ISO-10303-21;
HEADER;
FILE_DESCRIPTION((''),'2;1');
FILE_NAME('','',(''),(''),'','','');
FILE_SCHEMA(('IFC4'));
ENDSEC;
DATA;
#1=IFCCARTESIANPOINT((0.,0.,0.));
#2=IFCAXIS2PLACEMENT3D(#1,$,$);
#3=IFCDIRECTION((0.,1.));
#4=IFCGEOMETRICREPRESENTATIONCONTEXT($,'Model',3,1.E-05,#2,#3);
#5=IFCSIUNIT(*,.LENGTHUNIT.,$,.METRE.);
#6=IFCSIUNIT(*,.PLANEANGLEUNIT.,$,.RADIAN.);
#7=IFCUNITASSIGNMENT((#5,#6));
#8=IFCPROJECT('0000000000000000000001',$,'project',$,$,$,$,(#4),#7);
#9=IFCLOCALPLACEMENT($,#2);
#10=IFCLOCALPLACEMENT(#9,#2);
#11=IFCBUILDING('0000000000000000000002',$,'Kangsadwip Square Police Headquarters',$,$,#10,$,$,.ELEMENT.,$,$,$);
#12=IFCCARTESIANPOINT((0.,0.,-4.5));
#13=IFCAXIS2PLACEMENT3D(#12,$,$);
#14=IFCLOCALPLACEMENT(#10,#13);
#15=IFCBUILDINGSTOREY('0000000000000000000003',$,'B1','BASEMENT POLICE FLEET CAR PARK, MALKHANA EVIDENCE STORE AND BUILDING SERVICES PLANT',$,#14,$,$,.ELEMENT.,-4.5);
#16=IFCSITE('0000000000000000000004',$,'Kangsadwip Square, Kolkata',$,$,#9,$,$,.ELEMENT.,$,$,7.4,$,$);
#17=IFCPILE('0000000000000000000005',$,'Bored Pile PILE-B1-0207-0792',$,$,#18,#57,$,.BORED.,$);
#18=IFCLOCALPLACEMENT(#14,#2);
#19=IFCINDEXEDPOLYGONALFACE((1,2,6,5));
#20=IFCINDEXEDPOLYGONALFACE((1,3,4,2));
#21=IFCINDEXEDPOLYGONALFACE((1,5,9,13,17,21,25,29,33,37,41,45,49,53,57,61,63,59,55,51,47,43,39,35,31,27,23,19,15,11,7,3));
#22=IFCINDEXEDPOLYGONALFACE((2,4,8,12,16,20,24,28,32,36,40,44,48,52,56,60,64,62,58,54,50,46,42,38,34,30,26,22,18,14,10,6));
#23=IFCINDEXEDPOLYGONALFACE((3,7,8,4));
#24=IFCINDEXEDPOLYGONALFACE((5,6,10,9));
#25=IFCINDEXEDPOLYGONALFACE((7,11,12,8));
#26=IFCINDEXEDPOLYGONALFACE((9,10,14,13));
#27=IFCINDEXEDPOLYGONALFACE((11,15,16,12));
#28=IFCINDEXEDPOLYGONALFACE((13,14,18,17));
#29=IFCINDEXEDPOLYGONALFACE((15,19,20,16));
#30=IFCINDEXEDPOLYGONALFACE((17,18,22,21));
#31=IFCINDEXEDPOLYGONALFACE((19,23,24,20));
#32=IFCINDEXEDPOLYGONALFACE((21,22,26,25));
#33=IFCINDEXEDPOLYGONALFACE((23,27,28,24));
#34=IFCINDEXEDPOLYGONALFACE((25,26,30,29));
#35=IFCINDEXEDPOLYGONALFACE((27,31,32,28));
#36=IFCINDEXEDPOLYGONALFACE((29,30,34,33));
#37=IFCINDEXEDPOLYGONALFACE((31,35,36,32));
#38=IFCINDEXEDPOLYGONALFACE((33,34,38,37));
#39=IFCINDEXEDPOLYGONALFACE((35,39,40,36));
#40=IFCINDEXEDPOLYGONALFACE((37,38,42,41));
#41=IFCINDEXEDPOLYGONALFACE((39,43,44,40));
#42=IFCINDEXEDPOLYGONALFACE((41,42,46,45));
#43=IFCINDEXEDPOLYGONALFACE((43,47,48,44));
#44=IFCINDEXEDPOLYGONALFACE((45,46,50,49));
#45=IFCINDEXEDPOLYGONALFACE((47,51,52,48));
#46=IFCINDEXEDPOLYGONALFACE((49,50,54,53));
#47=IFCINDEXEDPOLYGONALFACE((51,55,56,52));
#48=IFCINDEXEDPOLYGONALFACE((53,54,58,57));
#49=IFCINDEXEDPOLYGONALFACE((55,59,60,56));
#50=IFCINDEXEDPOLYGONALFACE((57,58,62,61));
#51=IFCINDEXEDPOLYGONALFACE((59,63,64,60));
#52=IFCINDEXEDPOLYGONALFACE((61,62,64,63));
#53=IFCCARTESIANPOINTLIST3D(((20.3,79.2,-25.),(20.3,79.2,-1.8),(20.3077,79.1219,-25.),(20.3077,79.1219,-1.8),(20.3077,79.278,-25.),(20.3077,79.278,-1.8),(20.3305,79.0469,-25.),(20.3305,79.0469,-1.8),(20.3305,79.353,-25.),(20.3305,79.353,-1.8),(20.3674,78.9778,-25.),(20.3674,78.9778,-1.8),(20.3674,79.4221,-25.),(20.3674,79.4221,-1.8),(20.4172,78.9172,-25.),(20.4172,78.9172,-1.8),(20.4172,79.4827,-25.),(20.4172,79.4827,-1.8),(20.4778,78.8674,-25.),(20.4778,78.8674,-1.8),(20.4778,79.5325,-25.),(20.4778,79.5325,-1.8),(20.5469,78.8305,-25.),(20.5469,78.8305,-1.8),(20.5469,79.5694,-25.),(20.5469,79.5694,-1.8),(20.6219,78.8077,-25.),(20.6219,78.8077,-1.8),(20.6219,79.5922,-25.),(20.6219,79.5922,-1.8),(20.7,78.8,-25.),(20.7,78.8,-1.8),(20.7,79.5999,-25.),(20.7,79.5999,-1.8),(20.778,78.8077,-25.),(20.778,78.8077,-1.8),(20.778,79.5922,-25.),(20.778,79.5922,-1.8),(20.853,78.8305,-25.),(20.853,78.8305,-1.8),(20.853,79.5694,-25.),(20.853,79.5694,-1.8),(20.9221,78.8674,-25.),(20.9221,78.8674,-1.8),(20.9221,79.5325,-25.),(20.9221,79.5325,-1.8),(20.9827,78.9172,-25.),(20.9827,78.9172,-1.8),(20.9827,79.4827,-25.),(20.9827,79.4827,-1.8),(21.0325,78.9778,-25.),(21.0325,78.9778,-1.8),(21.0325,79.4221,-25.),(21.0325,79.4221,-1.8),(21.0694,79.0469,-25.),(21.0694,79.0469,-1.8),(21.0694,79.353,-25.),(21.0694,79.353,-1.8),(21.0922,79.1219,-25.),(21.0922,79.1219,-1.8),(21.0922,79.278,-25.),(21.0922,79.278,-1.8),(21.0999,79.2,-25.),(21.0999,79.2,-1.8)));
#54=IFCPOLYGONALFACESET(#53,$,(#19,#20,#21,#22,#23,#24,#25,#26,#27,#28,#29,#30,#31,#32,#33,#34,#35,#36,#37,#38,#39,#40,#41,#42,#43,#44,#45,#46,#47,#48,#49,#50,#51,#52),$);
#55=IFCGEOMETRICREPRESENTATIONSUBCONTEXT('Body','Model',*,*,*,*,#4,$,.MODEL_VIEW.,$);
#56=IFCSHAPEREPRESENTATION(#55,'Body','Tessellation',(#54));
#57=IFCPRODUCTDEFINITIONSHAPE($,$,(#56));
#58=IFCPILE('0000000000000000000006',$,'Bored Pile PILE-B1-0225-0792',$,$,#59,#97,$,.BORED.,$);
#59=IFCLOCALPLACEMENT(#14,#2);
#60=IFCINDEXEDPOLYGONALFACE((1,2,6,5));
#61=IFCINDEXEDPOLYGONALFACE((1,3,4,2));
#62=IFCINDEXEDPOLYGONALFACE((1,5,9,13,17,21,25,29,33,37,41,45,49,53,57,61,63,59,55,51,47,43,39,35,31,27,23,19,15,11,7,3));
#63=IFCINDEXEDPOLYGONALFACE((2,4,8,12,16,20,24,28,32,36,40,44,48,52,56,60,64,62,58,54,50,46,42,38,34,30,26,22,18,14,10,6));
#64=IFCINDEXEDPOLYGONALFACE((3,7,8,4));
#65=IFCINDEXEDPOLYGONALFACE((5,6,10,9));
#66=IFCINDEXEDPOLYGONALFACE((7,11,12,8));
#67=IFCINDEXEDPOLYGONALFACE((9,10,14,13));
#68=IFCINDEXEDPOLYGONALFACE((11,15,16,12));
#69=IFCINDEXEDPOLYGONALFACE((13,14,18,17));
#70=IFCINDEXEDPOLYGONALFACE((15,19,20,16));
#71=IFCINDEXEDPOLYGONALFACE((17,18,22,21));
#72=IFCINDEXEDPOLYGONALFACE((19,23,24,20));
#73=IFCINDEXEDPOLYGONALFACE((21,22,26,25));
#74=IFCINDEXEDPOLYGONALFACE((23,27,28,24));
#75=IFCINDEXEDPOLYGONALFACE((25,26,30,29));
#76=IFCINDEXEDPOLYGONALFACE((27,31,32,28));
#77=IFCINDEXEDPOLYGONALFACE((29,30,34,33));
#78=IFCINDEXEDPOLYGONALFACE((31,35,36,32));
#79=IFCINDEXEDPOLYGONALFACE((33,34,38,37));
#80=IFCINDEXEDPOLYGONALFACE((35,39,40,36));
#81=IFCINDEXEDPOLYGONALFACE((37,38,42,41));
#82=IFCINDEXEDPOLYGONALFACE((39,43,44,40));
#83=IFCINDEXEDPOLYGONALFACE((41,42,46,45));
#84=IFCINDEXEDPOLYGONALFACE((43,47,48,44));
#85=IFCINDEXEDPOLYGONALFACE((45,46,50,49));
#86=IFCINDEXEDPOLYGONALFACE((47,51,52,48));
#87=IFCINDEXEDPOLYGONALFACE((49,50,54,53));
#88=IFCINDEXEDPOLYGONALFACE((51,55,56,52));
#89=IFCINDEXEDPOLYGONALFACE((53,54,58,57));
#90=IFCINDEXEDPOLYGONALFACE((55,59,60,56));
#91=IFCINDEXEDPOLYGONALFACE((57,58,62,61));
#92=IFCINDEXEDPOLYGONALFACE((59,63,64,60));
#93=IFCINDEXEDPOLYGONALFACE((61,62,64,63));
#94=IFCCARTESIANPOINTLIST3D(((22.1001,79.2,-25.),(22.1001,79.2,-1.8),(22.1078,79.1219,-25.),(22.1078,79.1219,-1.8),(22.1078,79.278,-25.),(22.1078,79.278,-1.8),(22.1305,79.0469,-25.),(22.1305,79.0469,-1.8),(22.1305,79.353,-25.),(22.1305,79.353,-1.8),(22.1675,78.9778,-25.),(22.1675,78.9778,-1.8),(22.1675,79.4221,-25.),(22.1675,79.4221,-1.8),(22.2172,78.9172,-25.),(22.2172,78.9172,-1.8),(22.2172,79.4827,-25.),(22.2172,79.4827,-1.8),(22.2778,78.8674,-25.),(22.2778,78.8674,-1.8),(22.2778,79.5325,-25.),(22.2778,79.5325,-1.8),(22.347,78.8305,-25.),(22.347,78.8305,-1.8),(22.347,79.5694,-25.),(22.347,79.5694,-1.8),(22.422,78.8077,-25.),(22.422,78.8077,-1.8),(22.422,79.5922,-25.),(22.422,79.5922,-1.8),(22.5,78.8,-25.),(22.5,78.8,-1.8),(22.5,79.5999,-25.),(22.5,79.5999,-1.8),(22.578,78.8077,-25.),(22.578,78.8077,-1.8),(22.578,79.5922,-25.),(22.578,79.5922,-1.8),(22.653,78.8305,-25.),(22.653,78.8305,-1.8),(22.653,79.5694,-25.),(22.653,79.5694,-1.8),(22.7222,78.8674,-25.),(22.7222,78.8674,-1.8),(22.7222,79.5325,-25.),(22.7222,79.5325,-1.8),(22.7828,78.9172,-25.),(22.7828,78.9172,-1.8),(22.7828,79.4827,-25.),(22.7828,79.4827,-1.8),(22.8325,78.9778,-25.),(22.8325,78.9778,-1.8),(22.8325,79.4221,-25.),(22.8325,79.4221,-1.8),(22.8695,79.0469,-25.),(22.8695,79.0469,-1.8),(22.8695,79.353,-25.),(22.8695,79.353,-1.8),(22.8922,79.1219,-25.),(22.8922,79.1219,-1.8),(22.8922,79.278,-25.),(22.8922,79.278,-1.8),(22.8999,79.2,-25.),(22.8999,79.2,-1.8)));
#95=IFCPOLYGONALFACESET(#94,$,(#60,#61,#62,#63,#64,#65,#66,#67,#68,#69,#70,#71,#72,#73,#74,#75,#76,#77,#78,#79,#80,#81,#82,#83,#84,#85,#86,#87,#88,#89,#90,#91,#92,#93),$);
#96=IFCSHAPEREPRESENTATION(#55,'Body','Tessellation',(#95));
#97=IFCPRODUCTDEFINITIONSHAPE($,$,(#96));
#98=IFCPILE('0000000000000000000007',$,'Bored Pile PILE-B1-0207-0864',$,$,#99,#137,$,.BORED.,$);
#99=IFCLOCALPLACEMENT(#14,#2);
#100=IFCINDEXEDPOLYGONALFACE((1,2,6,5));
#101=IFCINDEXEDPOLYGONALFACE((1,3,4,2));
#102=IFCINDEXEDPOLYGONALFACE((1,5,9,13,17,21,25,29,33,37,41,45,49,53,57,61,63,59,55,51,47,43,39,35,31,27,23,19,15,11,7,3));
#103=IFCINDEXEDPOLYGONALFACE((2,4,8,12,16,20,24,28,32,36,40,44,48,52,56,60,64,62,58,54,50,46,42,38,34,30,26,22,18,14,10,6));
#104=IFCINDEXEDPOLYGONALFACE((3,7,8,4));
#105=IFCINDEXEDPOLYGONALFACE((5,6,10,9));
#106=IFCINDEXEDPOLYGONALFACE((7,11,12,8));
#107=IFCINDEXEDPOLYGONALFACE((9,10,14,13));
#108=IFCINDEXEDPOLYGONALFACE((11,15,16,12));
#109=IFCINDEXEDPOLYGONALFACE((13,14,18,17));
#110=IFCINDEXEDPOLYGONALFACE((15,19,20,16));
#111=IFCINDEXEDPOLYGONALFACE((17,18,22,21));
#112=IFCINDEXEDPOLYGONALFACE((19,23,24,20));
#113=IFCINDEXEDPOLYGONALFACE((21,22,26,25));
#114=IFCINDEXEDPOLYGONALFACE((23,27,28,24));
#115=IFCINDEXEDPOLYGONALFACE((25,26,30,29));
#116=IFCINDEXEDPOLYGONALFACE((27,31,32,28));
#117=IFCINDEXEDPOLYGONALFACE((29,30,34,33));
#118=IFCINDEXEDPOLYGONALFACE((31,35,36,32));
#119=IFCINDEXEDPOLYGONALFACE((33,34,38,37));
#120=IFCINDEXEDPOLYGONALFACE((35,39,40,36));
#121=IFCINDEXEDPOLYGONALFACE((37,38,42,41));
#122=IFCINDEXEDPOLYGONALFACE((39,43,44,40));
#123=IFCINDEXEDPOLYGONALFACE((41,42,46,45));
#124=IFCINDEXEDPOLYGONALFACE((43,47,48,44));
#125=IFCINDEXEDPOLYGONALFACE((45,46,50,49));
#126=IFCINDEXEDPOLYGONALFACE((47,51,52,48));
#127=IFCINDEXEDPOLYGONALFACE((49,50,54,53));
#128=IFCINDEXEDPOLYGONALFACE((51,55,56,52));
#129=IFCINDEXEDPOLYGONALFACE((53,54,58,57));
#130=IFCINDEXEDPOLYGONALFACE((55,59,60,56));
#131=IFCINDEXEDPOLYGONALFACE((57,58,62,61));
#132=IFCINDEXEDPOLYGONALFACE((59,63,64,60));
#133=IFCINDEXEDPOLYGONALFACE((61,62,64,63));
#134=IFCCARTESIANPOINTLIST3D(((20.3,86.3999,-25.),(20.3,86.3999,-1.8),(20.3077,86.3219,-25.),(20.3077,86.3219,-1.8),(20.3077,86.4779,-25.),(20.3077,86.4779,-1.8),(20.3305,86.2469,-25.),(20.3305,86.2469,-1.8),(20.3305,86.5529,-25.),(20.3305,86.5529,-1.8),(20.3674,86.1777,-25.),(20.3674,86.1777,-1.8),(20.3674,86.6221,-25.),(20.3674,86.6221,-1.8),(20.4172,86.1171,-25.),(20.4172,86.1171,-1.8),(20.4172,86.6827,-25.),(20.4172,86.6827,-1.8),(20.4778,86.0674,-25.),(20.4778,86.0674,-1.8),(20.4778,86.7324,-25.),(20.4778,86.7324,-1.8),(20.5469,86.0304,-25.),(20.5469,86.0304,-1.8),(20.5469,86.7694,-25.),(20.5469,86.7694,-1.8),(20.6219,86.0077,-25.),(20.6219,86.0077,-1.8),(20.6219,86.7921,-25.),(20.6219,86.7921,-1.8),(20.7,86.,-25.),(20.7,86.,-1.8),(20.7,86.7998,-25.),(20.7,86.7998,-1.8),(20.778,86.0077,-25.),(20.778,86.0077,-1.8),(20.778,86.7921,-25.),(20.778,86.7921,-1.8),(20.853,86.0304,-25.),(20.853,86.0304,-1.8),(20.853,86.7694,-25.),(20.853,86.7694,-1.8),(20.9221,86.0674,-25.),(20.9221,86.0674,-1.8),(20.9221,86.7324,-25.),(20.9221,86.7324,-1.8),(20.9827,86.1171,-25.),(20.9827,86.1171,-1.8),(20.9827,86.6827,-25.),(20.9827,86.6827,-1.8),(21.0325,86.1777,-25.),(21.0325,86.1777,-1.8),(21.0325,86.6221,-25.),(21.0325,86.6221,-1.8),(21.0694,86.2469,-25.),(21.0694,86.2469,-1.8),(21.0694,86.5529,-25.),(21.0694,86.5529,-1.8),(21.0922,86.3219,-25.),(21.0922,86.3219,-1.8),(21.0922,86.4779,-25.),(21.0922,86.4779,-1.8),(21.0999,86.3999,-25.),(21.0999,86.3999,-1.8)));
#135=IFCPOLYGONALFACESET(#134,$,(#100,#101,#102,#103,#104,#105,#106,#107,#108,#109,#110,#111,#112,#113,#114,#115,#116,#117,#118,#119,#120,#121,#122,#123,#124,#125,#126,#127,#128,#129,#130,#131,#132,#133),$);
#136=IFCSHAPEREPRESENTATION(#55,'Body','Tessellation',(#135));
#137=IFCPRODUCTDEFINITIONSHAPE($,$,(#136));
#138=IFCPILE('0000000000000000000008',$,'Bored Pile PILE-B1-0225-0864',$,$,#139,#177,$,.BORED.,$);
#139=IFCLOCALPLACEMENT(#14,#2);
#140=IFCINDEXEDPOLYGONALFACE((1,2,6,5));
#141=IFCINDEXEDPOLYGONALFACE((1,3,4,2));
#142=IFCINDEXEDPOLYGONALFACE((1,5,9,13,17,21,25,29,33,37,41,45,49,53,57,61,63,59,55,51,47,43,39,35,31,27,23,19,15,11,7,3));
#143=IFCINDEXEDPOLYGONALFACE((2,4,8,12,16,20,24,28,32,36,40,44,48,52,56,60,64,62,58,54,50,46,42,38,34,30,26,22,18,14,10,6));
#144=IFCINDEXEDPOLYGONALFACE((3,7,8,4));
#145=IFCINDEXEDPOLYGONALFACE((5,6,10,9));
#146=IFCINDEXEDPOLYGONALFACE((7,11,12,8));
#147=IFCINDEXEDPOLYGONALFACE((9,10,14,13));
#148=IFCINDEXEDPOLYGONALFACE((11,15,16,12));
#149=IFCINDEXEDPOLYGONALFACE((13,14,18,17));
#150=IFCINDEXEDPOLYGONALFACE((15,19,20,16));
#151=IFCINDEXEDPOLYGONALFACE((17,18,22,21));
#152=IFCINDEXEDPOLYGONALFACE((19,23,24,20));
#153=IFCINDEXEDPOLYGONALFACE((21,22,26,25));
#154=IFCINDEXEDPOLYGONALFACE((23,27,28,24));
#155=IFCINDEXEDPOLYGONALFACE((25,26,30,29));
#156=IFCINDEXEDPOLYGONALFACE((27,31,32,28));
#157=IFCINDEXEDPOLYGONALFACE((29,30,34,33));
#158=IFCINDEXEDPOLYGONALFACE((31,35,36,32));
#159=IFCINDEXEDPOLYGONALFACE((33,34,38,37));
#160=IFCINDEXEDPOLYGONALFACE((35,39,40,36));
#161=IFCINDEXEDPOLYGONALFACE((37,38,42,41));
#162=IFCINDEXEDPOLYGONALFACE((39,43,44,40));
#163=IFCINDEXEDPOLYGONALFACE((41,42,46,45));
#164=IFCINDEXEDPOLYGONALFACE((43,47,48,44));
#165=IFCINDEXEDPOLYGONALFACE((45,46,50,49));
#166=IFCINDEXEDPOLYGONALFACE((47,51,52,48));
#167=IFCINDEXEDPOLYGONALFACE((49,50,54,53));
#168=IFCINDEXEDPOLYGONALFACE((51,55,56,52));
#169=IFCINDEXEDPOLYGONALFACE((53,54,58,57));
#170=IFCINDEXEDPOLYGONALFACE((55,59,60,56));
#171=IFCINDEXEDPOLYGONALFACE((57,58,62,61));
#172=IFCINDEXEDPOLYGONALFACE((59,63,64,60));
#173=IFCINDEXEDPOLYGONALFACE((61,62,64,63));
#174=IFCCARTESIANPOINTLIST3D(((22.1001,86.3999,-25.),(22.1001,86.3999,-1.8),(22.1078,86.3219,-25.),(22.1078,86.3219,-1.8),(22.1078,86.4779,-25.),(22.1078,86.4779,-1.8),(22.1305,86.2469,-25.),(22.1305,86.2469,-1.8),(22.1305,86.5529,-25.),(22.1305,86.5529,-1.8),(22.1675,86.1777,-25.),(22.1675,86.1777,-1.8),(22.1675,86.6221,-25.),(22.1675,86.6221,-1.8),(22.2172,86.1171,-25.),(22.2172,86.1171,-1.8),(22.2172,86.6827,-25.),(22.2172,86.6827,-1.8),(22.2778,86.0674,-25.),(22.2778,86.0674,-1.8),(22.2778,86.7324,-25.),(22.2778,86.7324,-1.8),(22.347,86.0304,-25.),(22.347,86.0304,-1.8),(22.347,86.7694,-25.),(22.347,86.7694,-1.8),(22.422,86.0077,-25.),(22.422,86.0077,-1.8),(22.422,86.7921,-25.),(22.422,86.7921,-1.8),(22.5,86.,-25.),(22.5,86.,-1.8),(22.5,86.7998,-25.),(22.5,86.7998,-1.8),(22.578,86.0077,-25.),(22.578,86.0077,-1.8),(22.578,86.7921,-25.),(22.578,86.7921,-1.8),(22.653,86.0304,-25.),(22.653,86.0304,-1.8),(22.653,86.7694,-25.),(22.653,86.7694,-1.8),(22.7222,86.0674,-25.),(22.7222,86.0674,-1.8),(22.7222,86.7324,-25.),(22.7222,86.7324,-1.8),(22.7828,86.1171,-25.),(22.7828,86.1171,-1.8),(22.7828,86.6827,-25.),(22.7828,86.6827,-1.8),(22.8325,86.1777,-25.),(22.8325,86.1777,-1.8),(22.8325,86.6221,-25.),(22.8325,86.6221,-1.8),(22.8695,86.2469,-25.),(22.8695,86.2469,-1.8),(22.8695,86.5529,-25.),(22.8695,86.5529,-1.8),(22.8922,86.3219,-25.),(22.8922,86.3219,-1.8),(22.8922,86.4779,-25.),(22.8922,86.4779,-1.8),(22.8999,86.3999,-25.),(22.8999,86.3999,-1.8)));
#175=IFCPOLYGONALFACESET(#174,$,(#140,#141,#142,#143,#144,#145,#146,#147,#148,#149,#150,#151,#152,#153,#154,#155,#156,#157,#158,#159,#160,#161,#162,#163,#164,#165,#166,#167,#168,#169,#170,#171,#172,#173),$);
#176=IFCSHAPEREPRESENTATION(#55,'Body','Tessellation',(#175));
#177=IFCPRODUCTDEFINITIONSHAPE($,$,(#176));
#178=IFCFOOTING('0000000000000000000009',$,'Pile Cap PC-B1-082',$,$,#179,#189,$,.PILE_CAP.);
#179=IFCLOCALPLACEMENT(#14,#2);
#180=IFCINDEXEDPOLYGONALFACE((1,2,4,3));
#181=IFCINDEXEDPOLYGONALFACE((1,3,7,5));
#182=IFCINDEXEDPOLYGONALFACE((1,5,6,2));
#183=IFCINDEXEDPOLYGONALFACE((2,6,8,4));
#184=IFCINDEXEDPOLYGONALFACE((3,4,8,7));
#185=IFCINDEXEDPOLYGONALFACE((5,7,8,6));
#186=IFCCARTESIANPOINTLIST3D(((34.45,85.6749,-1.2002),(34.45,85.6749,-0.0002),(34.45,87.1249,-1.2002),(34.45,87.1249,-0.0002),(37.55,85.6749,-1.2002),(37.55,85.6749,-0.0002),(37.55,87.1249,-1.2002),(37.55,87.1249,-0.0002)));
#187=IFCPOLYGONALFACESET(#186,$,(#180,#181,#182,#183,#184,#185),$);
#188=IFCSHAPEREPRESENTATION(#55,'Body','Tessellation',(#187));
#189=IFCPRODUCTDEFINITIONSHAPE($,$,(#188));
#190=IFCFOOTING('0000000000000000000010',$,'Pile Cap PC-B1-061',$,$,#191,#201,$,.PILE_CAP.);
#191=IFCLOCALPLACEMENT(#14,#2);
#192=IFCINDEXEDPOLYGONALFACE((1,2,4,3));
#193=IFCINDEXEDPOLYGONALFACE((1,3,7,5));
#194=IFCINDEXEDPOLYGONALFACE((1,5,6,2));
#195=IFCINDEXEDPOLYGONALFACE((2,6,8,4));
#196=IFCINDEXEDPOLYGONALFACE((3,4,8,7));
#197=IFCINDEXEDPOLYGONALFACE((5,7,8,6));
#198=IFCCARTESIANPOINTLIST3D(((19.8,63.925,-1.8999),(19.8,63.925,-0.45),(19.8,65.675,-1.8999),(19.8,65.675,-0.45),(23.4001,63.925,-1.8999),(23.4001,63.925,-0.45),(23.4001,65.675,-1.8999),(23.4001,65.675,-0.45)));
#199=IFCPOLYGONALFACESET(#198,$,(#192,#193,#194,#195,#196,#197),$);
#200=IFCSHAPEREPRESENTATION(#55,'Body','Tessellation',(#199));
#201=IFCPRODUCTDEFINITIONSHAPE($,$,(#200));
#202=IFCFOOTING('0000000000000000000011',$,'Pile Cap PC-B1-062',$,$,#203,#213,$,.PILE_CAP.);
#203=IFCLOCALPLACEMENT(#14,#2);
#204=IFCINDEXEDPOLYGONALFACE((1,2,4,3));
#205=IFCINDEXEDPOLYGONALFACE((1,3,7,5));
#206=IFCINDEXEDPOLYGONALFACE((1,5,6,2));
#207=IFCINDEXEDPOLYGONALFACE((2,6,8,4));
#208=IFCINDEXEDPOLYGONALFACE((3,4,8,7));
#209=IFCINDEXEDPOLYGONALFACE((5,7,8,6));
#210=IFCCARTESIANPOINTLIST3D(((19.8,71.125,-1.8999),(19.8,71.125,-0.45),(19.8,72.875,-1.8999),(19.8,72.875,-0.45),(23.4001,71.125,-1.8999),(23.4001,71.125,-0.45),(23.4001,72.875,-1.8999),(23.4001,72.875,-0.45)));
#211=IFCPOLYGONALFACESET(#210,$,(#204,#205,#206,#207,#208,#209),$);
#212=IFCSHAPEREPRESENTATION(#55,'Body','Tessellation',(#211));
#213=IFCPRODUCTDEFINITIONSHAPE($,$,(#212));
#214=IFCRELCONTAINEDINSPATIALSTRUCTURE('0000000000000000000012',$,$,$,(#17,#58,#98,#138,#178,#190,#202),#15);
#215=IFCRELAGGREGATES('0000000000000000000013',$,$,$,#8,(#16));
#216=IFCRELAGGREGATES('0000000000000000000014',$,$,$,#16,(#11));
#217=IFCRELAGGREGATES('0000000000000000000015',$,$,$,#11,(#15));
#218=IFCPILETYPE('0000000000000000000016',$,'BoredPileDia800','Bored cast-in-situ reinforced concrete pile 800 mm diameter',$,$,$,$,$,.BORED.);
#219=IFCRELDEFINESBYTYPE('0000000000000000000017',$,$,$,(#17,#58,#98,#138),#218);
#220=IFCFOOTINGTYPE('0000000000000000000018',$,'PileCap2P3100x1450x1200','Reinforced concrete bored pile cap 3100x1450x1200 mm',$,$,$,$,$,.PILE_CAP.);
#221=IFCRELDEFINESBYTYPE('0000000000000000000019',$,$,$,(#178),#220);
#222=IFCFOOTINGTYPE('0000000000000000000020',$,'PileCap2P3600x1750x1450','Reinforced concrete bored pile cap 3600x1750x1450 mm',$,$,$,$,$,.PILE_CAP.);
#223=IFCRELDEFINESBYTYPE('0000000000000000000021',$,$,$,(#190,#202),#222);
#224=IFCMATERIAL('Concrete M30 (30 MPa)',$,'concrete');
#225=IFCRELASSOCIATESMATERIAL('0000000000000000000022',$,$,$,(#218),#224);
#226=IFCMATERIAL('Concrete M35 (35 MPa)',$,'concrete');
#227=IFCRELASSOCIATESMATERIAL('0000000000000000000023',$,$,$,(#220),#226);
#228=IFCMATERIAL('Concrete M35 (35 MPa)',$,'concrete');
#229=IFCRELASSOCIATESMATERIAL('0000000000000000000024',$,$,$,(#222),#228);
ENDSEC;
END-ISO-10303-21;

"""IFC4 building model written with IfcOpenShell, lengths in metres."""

from ifc_helpers import new_model, si_unit, direction, frame, origin, origin_2d, place, context, subcontext, project, spatial, rectangle, circle, extrude, material, material_profile, profile_set, type_object, element, save


model = new_model("IFC4")

# Units and contexts
model_context = context("Model", 3, precision=1e-05, world=origin(), true_north=direction((0.0, 1.0)))
body_context = subcontext(model_context, "Body", "Model", "MODEL_VIEW")
ifc_project = project(units=[si_unit("LENGTHUNIT", "METRE"), si_unit("PLANEANGLEUNIT", "RADIAN")], contexts=[model_context])

# Site, building, storey
site_placement = place(None, origin())
site = spatial("IfcSite", under=ifc_project, at=site_placement, Name="Kangsadwip Square, Kolkata", CompositionType="ELEMENT", RefElevation=7.4)
building_placement = place(site_placement, origin())
building = spatial("IfcBuilding", under=site, at=building_placement, Name="Kangsadwip Square Police Headquarters", CompositionType="ELEMENT")
storey_placement = place(building_placement, frame((0.0, 0.0, -4.5)))
storey = spatial("IfcBuildingStorey", under=building, at=storey_placement, Name="B1", Description="BASEMENT POLICE FLEET CAR PARK, MALKHANA EVIDENCE STORE AND BUILDING SERVICES PLANT", CompositionType="ELEMENT", Elevation=-4.5)

# Piles
ifc_material_1 = material(Name="Concrete M30 (30 MPa)", Category="concrete")
ifc_material_profile_1 = material_profile(ifc_material_1, circle(Radius=0.3999, at=origin_2d()), Name="PILE DIA 800")
ifc_profile_set_1 = profile_set([ifc_material_profile_1], Name="Concrete M30 (30 MPa)")
pile_type_1 = type_object("IfcPileType", Name="BoredPileDia800", Description="Bored cast-in-situ reinforced concrete pile 800 mm diameter", PredefinedType="BORED", material=ifc_profile_set_1)
for number, where, z_axis, x_axis, name in (
    (1, (20.7, 79.2, -1.8), (0.0, 0.0, -1.0), (1.0, 0.0, 0.0), "Bored Pile PILE-B1-0207-0792"),
    (2, (22.5, 79.2, -1.8), (0.0, 0.0, -1.0), (1.0, 0.0, 0.0), "Bored Pile PILE-B1-0225-0792"),
    (3, (20.7, 86.3999, -1.8), (0.0, 0.0, -1.0), (1.0, 0.0, 0.0), "Bored Pile PILE-B1-0207-0864"),
    (4, (22.5, 86.3999, -1.8), (0.0, 0.0, -1.0), (1.0, 0.0, 0.0), "Bored Pile PILE-B1-0225-0864"),
):
    element("IfcPile", number, at=place(storey_placement, frame(where, z_axis=z_axis, x_axis=x_axis)), inside=storey, type_object=pile_type_1, Name=name, PredefinedType="BORED", context=body_context, shape_type="SweptSolid", body=[
        extrude(circle(Radius=0.3999, at=origin_2d()), origin(), (0.0, 0.0, 1.0), 23.2),
    ])

# Footings
ifc_material_2 = material(Name="Concrete M35 (35 MPa)", Category="concrete")
footing_type_1 = type_object("IfcFootingType", Name="PileCap2P3100x1450x1200", Description="Reinforced concrete bored pile cap 3100x1450x1200 mm", PredefinedType="PILE_CAP", material=ifc_material_2)
footing_placement = place(storey_placement, frame((36.0, 86.3999, -1.2002), z_axis=(0.0, 0.0, 1.0), x_axis=(1.0, 0.0, 0.0)))
element("IfcFooting", 5, at=footing_placement, inside=storey, type_object=footing_type_1, Name="Pile Cap PC-B1-082", PredefinedType="PILE_CAP", context=body_context, shape_type="SweptSolid", body=[
    extrude(rectangle(XDim=3.1001, YDim=1.45, at=origin_2d()), origin(), (0.0, 0.0, 1.0), 1.2),
])
ifc_material_3 = material(Name="Concrete M35 (35 MPa)", Category="concrete")
footing_type_2 = type_object("IfcFootingType", Name="PileCap2P3600x1750x1450", Description="Reinforced concrete bored pile cap 3600x1750x1450 mm", PredefinedType="PILE_CAP", material=ifc_material_3)
for number, where, z_axis, x_axis, name in (
    (6, (21.6001, 64.8, -1.8999), (0.0, 0.0, 1.0), (1.0, 0.0, 0.0), "Pile Cap PC-B1-061"),
    (7, (21.6001, 72.0, -1.8999), (0.0, 0.0, 1.0), (1.0, 0.0, 0.0), "Pile Cap PC-B1-062"),
):
    element("IfcFooting", number, at=place(storey_placement, frame(where, z_axis=z_axis, x_axis=x_axis)), inside=storey, type_object=footing_type_2, Name=name, PredefinedType="PILE_CAP", context=body_context, shape_type="SweptSolid", body=[
        extrude(rectangle(XDim=3.6001, YDim=1.75, at=origin_2d()), origin(), (0.0, 0.0, 1.0), 1.45),
    ])

save(model, "model.ifc")
